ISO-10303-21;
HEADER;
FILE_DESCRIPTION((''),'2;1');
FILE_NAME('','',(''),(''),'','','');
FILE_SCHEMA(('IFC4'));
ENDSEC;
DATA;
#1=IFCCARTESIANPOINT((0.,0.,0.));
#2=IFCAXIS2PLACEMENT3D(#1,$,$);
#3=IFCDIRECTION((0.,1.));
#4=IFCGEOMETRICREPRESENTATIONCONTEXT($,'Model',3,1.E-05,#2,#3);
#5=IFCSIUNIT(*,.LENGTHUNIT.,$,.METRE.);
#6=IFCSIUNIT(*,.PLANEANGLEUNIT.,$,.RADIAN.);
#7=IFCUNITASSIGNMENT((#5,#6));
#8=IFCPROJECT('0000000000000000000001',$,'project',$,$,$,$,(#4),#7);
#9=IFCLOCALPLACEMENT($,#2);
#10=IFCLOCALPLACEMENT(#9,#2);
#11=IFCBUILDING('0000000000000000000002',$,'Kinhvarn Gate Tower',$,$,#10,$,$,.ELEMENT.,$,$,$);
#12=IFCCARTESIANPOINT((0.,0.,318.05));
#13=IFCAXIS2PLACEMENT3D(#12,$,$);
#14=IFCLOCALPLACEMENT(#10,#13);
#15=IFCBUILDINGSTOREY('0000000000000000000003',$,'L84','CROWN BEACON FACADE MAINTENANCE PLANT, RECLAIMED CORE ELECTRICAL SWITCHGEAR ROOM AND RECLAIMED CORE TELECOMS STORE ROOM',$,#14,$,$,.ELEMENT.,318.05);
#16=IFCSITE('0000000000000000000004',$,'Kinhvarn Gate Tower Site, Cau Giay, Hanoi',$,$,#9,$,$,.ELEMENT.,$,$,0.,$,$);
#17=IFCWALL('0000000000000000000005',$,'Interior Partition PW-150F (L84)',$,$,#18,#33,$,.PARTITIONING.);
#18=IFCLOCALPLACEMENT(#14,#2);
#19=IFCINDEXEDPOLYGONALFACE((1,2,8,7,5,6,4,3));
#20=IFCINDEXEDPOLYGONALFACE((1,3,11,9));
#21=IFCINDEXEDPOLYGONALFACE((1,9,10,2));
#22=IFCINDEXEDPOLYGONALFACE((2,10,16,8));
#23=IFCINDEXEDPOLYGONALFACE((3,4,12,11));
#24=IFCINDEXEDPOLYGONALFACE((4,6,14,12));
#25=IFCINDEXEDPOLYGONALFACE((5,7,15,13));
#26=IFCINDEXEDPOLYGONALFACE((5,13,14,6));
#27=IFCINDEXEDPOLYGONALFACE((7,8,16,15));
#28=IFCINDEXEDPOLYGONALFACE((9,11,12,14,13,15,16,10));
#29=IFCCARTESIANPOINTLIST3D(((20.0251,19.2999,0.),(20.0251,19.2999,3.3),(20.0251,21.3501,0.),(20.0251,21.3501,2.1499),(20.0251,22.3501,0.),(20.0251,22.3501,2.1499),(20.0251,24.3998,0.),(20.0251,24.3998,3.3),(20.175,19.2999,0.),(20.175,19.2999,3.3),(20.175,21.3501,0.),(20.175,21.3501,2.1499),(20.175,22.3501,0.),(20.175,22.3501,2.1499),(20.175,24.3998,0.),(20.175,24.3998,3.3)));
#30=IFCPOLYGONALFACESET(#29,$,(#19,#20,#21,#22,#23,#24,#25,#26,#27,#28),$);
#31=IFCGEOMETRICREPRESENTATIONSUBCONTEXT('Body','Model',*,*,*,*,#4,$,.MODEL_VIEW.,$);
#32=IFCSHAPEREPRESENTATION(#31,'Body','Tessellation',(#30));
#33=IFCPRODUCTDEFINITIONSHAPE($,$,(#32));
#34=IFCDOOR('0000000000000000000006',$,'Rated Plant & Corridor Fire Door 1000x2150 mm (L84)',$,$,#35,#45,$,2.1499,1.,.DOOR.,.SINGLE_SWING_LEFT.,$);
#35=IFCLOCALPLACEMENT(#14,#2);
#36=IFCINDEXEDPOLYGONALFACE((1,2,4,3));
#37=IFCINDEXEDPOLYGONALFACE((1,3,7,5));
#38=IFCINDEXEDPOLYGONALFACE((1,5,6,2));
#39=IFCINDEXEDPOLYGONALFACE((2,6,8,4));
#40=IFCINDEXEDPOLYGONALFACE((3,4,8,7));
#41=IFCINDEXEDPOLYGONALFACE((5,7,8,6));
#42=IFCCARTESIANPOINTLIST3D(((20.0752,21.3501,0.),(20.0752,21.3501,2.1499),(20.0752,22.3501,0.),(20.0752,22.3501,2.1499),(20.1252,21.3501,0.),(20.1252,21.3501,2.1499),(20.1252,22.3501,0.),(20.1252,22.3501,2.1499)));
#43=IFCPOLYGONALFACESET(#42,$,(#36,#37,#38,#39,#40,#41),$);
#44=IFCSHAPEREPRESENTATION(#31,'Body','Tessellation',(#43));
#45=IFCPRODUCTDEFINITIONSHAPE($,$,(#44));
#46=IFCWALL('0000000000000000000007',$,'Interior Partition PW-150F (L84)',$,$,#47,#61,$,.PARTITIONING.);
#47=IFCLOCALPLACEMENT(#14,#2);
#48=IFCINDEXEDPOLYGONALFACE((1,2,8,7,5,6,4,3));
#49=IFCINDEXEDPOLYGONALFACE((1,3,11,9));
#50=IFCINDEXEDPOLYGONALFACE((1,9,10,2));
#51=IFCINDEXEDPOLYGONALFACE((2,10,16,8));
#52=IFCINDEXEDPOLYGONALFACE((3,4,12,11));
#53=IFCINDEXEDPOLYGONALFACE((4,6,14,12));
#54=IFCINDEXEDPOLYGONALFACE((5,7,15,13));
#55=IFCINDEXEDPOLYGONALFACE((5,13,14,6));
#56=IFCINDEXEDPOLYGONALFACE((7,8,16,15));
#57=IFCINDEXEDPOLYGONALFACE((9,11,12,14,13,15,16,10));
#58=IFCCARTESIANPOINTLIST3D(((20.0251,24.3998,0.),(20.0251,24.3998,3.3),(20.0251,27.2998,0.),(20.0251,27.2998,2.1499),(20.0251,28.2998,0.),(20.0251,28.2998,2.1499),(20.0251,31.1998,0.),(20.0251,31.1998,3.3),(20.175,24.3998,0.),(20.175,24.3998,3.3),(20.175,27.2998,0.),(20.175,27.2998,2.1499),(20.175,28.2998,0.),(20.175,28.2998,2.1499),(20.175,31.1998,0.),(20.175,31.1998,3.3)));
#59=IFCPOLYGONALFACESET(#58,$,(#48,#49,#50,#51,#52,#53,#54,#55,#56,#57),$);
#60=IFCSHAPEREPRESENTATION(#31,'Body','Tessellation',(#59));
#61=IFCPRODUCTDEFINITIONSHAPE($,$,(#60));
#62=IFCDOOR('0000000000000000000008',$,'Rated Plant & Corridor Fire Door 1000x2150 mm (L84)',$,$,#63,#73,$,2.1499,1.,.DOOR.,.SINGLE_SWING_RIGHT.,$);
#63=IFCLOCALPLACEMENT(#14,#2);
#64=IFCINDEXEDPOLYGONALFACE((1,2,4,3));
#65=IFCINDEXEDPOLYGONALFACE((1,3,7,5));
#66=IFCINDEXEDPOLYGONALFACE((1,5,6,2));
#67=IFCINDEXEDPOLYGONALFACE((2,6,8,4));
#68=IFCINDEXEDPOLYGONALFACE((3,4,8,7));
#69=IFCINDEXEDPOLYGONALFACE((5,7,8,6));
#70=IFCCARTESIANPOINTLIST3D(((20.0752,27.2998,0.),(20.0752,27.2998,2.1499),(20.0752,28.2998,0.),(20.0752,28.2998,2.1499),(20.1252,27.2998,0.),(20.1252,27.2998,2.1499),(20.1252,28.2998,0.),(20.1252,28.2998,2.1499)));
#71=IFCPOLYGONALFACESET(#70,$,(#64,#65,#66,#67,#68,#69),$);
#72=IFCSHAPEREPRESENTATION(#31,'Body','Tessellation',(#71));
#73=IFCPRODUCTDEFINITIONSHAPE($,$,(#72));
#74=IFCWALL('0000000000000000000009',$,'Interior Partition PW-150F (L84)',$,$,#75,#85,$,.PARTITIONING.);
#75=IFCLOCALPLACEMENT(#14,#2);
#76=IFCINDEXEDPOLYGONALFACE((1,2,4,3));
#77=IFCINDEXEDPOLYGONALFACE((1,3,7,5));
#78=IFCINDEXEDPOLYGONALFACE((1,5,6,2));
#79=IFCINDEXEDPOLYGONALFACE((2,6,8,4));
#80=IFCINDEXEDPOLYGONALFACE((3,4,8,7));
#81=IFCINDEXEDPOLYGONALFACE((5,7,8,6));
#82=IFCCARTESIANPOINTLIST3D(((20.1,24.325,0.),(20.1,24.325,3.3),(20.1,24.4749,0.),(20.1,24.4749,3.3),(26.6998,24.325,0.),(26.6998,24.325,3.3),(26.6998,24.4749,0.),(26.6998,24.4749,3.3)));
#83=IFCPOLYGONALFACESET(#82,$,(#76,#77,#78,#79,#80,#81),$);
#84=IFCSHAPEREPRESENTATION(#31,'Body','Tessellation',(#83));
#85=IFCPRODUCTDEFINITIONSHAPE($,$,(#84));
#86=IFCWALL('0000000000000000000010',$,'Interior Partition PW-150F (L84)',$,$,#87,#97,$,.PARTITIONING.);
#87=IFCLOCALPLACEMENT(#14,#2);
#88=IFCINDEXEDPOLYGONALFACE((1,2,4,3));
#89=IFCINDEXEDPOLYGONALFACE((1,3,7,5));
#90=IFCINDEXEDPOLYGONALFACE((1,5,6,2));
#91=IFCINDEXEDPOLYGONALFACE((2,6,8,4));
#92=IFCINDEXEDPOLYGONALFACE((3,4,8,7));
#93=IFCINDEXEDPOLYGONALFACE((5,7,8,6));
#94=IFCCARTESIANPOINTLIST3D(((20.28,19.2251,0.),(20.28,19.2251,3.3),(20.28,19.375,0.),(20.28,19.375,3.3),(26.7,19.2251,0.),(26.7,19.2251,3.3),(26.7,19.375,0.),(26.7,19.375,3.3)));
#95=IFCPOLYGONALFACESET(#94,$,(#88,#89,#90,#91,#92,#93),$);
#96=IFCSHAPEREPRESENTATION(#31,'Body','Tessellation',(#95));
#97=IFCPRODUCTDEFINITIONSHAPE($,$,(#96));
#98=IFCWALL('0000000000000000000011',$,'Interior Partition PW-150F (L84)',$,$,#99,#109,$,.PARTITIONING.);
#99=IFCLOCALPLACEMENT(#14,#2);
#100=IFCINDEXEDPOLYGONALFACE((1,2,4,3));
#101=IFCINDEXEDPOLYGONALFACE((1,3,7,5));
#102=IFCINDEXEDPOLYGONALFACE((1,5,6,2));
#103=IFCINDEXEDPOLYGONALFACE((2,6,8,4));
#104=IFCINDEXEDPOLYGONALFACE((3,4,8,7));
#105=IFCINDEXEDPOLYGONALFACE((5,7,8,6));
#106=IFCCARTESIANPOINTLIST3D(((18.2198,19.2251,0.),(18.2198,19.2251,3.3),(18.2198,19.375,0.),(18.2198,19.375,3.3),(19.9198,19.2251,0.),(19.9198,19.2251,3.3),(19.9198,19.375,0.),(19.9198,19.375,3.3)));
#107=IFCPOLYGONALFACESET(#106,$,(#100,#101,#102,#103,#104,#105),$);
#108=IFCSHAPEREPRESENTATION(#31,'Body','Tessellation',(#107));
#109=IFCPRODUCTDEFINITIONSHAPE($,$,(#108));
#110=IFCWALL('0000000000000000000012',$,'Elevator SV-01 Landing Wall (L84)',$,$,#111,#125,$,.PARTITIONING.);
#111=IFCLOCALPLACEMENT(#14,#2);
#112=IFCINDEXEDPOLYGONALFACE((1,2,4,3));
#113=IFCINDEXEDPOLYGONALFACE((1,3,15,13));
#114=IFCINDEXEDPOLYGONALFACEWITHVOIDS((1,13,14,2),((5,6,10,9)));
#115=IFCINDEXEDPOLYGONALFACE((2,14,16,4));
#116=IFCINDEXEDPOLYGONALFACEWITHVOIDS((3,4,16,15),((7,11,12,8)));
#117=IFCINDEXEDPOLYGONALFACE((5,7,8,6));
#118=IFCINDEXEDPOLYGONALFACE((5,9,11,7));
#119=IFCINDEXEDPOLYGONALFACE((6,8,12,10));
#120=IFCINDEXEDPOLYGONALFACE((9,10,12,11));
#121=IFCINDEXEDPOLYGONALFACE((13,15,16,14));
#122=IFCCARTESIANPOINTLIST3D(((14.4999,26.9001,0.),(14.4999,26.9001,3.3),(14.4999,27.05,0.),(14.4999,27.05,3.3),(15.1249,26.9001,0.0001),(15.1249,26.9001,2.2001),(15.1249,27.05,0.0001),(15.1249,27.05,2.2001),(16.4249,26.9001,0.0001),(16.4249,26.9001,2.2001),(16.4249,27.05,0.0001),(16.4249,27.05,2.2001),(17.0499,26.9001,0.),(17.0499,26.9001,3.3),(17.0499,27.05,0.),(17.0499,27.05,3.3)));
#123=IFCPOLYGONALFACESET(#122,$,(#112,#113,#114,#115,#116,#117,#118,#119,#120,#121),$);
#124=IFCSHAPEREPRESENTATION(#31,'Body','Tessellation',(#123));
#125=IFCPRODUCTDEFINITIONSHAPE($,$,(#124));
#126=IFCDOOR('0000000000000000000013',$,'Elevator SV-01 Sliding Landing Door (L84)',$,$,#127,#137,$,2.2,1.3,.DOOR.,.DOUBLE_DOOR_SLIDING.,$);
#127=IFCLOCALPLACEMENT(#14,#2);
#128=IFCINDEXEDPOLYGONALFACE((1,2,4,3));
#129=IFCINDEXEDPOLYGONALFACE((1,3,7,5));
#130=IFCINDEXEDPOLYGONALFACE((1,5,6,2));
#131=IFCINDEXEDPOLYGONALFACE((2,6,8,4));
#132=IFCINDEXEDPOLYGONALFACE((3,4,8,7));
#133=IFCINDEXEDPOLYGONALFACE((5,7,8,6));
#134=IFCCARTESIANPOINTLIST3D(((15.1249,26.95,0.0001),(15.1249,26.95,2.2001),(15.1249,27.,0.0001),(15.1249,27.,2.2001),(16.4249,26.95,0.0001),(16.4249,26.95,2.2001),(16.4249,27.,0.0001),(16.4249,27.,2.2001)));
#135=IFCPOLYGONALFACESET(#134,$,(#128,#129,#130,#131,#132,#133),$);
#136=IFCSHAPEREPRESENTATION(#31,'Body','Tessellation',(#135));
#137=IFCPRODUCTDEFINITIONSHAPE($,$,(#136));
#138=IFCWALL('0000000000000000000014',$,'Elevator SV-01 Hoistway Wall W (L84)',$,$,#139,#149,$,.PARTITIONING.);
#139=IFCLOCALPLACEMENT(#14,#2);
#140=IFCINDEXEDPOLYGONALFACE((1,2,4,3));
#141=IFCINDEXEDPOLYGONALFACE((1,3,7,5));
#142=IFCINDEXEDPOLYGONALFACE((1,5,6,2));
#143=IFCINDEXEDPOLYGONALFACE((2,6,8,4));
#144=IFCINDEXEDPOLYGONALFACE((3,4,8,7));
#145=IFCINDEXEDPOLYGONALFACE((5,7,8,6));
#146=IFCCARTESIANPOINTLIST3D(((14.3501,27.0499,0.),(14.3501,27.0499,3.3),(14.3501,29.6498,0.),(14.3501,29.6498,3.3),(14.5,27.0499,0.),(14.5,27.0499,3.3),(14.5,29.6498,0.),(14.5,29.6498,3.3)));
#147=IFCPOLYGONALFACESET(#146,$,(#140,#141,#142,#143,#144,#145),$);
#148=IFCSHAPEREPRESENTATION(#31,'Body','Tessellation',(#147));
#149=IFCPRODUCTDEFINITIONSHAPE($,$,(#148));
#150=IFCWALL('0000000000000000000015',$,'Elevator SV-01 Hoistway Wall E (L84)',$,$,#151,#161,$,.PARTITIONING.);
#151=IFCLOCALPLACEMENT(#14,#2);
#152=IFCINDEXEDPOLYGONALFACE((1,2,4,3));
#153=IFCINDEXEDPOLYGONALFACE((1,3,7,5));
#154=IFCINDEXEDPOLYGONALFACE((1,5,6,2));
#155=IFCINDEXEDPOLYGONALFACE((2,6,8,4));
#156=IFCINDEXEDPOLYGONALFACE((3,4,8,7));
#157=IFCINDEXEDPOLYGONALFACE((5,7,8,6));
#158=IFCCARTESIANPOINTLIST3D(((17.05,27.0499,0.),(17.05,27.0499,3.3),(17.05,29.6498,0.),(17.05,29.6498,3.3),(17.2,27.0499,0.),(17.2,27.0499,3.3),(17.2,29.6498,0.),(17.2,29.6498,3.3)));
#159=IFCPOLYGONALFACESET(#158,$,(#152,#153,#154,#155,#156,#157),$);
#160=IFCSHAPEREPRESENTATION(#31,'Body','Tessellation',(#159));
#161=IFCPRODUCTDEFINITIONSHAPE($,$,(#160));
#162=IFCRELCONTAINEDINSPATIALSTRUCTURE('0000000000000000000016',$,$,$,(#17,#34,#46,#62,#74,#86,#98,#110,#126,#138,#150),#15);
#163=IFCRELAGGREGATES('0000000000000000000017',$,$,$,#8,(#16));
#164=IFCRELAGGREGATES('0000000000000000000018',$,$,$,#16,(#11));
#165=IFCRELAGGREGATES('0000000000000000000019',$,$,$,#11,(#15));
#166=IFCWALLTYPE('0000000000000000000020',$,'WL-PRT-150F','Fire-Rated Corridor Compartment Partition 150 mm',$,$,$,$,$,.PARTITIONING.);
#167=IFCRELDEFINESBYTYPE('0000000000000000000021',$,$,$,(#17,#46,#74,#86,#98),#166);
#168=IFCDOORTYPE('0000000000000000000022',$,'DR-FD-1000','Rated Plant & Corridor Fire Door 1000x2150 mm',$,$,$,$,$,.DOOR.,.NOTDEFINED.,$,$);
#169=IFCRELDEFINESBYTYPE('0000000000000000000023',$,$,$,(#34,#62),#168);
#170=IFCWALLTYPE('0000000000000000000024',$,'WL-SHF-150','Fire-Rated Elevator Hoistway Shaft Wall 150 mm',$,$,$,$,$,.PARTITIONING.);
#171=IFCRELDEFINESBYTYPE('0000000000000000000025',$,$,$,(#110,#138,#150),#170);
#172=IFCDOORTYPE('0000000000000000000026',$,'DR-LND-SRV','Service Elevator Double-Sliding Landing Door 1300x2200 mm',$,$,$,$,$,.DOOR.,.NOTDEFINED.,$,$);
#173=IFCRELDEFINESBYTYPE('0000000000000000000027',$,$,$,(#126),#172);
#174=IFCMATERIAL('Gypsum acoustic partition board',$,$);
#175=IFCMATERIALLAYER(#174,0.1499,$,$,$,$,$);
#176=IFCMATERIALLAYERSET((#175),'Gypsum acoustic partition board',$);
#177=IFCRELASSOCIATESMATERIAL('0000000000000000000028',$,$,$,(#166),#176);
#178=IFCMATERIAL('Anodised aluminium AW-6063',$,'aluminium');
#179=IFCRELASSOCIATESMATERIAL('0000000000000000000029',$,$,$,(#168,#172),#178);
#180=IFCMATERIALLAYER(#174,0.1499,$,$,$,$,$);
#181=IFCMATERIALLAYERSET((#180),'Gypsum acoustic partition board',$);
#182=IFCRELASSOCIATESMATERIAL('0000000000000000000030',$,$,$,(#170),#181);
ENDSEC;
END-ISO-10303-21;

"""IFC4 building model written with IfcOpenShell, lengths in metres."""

from ifc_helpers import new_model, si_unit, direction, frame, frame_2d, origin, place, context, subcontext, project, spatial, rectangle, extrude, material, layer, layer_set, type_object, element, fill, save


model = new_model("IFC4")

# Units and contexts
model_context = context("Model", 3, precision=1e-05, world=origin(), true_north=direction((0.0, 1.0)))
body_context = subcontext(model_context, "Body", "Model", "MODEL_VIEW")
ifc_project = project(units=[si_unit("LENGTHUNIT", "METRE"), si_unit("PLANEANGLEUNIT", "RADIAN")], contexts=[model_context])

# Site, building, storey
site_placement = place(None, origin())
site = spatial("IfcSite", under=ifc_project, at=site_placement, Name="Kinhvarn Gate Tower Site, Cau Giay, Hanoi", CompositionType="ELEMENT", RefElevation=0.0)
building_placement = place(site_placement, origin())
building = spatial("IfcBuilding", under=site, at=building_placement, Name="Kinhvarn Gate Tower", CompositionType="ELEMENT")
storey_placement = place(building_placement, frame((0.0, 0.0, 318.05)))
storey = spatial("IfcBuildingStorey", under=building, at=storey_placement, Name="L84", Description="CROWN BEACON FACADE MAINTENANCE PLANT, RECLAIMED CORE ELECTRICAL SWITCHGEAR ROOM AND RECLAIMED CORE TELECOMS STORE ROOM", CompositionType="ELEMENT", Elevation=318.05)

# Shared definitions
ifc_material_1 = material(Name="Gypsum acoustic partition board")
ifc_layer_1 = layer(ifc_material_1, 0.1499)
ifc_layer_set_1 = layer_set([ifc_layer_1], Name="Gypsum acoustic partition board")
wall_type_1 = type_object("IfcWallType", Name="WL-PRT-150F", Description="Fire-Rated Corridor Compartment Partition 150 mm", PredefinedType="PARTITIONING", material=ifc_layer_set_1)

# Shared definitions
ifc_material_2 = material(Name="Anodised aluminium AW-6063", Category="aluminium")

# Walls, openings, doors
wall_1_placement = place(storey_placement, frame((20.1001, 19.3, 0.0), z_axis=(0.0, 0.0, 1.0), x_axis=(0.0, 1.0, 0.0)))
wall_1 = element("IfcWall", 1, at=wall_1_placement, inside=storey, type_object=wall_type_1, Name="Interior Partition PW-150F (L84)", PredefinedType="PARTITIONING", context=body_context, shape_type="SweptSolid", body=[
    extrude(rectangle(XDim=5.0999, YDim=0.1499, at=frame_2d((2.5498, 0.0))), origin(), (0.0, 0.0, 1.0), 3.3),
])
opening_1_placement = place(wall_1_placement, frame((2.05, 0.0, 0.0)))
opening_1 = element("IfcOpeningElement", 2, at=opening_1_placement, cuts=wall_1, PredefinedType="OPENING", context=body_context, shape_type="SweptSolid", body=[
    extrude(rectangle(XDim=1.0, YDim=2.1499, at=frame_2d((0.5, 1.075))), frame((0.0, 0.085, 0.0), z_axis=(0.0, -1.0, 0.0), x_axis=(1.0, 0.0, 0.0)), (0.0, 0.0, 1.0), 0.1699),
])
door_type_1 = type_object("IfcDoorType", Name="DR-FD-1000", Description="Rated Plant & Corridor Fire Door 1000x2150 mm", OperationType="NOTDEFINED", PredefinedType="DOOR", material=ifc_material_2)
door_1_placement = place(opening_1_placement, origin())
door_1 = element("IfcDoor", 3, at=door_1_placement, inside=storey, type_object=door_type_1, Name="Rated Plant & Corridor Fire Door 1000x2150 mm (L84)", OperationType="SINGLE_SWING_LEFT", OverallHeight=2.1499, OverallWidth=1.0, PredefinedType="DOOR", context=body_context, shape_type="SweptSolid", body=[
    extrude(rectangle(XDim=1.0, YDim=2.1499, at=frame_2d((0.5, 1.075))), frame((0.0, 0.0249, 0.0), z_axis=(0.0, -1.0, 0.0), x_axis=(1.0, 0.0, 0.0)), (0.0, 0.0, 1.0), 0.05),
])
fill(opening_1, door_1)
wall_2_placement = place(storey_placement, frame((20.1001, 24.3999, 0.0), z_axis=(0.0, 0.0, 1.0), x_axis=(0.0, 1.0, 0.0)))
wall_2 = element("IfcWall", 4, at=wall_2_placement, inside=storey, type_object=wall_type_1, Name="Interior Partition PW-150F (L84)", PredefinedType="PARTITIONING", context=body_context, shape_type="SweptSolid", body=[
    extrude(rectangle(XDim=6.8, YDim=0.1499, at=frame_2d((3.3999, 0.0))), origin(), (0.0, 0.0, 1.0), 3.3),
])
opening_2_placement = place(wall_2_placement, frame((2.8999, 0.0, 0.0)))
opening_2 = element("IfcOpeningElement", 5, at=opening_2_placement, cuts=wall_2, PredefinedType="OPENING", context=body_context, shape_type="SweptSolid", body=[
    extrude(rectangle(XDim=1.0, YDim=2.1499, at=frame_2d((0.5, 1.075))), frame((0.0, 0.085, 0.0), z_axis=(0.0, -1.0, 0.0), x_axis=(1.0, 0.0, 0.0)), (0.0, 0.0, 1.0), 0.1699),
])
door_2_placement = place(opening_2_placement, origin())
door_2 = element("IfcDoor", 6, at=door_2_placement, inside=storey, type_object=door_type_1, Name="Rated Plant & Corridor Fire Door 1000x2150 mm (L84)", OperationType="SINGLE_SWING_RIGHT", OverallHeight=2.1499, OverallWidth=1.0, PredefinedType="DOOR", context=body_context, shape_type="SweptSolid", body=[
    extrude(rectangle(XDim=1.0, YDim=2.1499, at=frame_2d((0.5, 1.075))), frame((0.0, 0.0249, 0.0), z_axis=(0.0, -1.0, 0.0), x_axis=(1.0, 0.0, 0.0)), (0.0, 0.0, 1.0), 0.05),
])
fill(opening_2, door_2)

# Walls
wall_3_placement = place(storey_placement, frame((20.1001, 24.3999, 0.0), z_axis=(0.0, 0.0, 1.0), x_axis=(1.0, 0.0, 0.0)))
element("IfcWall", 7, at=wall_3_placement, inside=storey, type_object=wall_type_1, Name="Interior Partition PW-150F (L84)", PredefinedType="PARTITIONING", context=body_context, shape_type="SweptSolid", body=[
    extrude(rectangle(XDim=6.5999, YDim=0.1499, at=frame_2d((3.2998, 0.0))), origin(), (0.0, 0.0, 1.0), 3.3),
])
wall_4_placement = place(storey_placement, frame((26.7, 19.3, 0.0), z_axis=(0.0, 0.0, 1.0), x_axis=(-1.0, 0.0, 0.0)))
element("IfcWall", 8, at=wall_4_placement, inside=storey, type_object=wall_type_1, Name="Interior Partition PW-150F (L84)", PredefinedType="PARTITIONING", context=body_context, shape_type="SweptSolid", body=[
    extrude(rectangle(XDim=6.4199, YDim=0.1499, at=frame_2d((3.21, 0.0))), origin(), (0.0, 0.0, 1.0), 3.3),
])
wall_5_placement = place(storey_placement, frame((19.9199, 19.3, 0.0), z_axis=(0.0, 0.0, 1.0), x_axis=(-1.0, 0.0, 0.0)))
element("IfcWall", 9, at=wall_5_placement, inside=storey, type_object=wall_type_1, Name="Interior Partition PW-150F (L84)", PredefinedType="PARTITIONING", context=body_context, shape_type="SweptSolid", body=[
    extrude(rectangle(XDim=1.7, YDim=0.1499, at=frame_2d((0.8501, 0.0))), origin(), (0.0, 0.0, 1.0), 3.3),
])

# Wall, opening, door
ifc_layer_2 = layer(ifc_material_1, 0.1499)
ifc_layer_set_2 = layer_set([ifc_layer_2], Name="Gypsum acoustic partition board")
wall_type_2 = type_object("IfcWallType", Name="WL-SHF-150", Description="Fire-Rated Elevator Hoistway Shaft Wall 150 mm", PredefinedType="PARTITIONING", material=ifc_layer_set_2)
wall_6_placement = place(storey_placement, frame((14.5, 26.9751, 0.0), z_axis=(0.0, 0.0, 1.0), x_axis=(1.0, 0.0, 0.0)))
wall_6 = element("IfcWall", 10, at=wall_6_placement, inside=storey, type_object=wall_type_2, Name="Elevator SV-01 Landing Wall (L84)", PredefinedType="PARTITIONING", context=body_context, shape_type="SweptSolid", body=[
    extrude(rectangle(XDim=2.55, YDim=0.1499, at=frame_2d((1.2749, 0.0))), origin(), (0.0, 0.0, 1.0), 3.3),
])
opening_3_placement = place(wall_6_placement, frame((0.625, 0.0, 0.0)))
opening_3 = element("IfcOpeningElement", 11, at=opening_3_placement, cuts=wall_6, PredefinedType="OPENING", context=body_context, shape_type="SweptSolid", body=[
    extrude(rectangle(XDim=1.3, YDim=2.2, at=frame_2d((0.6499, 1.1001))), frame((0.0, 0.085, 0.0), z_axis=(0.0, -1.0, 0.0), x_axis=(1.0, 0.0, 0.0)), (0.0, 0.0, 1.0), 0.1699),
])
door_type_2 = type_object("IfcDoorType", Name="DR-LND-SRV", Description="Service Elevator Double-Sliding Landing Door 1300x2200 mm", OperationType="NOTDEFINED", PredefinedType="DOOR", material=ifc_material_2)
door_3_placement = place(opening_3_placement, origin())
door_3 = element("IfcDoor", 12, at=door_3_placement, inside=storey, type_object=door_type_2, Name="Elevator SV-01 Sliding Landing Door (L84)", OperationType="DOUBLE_DOOR_SLIDING", OverallHeight=2.2, OverallWidth=1.3, PredefinedType="DOOR", context=body_context, shape_type="SweptSolid", body=[
    extrude(rectangle(XDim=1.3, YDim=2.2, at=frame_2d((0.6499, 1.1001))), frame((0.0, 0.0249, 0.0), z_axis=(0.0, -1.0, 0.0), x_axis=(1.0, 0.0, 0.0)), (0.0, 0.0, 1.0), 0.05),
])
fill(opening_3, door_3)

# Walls
for number, where, z_axis, x_axis, name in (
    (13, (14.425, 27.05, 0.0), (0.0, 0.0, 1.0), (0.0, 1.0, 0.0), "Elevator SV-01 Hoistway Wall W (L84)"),
    (14, (17.125, 27.05, 0.0), (0.0, 0.0, 1.0), (0.0, 1.0, 0.0), "Elevator SV-01 Hoistway Wall E (L84)"),
):
    element("IfcWall", number, at=place(storey_placement, frame(where, z_axis=z_axis, x_axis=x_axis)), inside=storey, type_object=wall_type_2, Name=name, PredefinedType="PARTITIONING", context=body_context, shape_type="SweptSolid", body=[
        extrude(rectangle(XDim=2.5999, YDim=0.1499, at=frame_2d((1.2998, 0.0))), origin(), (0.0, 0.0, 1.0), 3.3),
    ])

save(model, "model.ifc")
